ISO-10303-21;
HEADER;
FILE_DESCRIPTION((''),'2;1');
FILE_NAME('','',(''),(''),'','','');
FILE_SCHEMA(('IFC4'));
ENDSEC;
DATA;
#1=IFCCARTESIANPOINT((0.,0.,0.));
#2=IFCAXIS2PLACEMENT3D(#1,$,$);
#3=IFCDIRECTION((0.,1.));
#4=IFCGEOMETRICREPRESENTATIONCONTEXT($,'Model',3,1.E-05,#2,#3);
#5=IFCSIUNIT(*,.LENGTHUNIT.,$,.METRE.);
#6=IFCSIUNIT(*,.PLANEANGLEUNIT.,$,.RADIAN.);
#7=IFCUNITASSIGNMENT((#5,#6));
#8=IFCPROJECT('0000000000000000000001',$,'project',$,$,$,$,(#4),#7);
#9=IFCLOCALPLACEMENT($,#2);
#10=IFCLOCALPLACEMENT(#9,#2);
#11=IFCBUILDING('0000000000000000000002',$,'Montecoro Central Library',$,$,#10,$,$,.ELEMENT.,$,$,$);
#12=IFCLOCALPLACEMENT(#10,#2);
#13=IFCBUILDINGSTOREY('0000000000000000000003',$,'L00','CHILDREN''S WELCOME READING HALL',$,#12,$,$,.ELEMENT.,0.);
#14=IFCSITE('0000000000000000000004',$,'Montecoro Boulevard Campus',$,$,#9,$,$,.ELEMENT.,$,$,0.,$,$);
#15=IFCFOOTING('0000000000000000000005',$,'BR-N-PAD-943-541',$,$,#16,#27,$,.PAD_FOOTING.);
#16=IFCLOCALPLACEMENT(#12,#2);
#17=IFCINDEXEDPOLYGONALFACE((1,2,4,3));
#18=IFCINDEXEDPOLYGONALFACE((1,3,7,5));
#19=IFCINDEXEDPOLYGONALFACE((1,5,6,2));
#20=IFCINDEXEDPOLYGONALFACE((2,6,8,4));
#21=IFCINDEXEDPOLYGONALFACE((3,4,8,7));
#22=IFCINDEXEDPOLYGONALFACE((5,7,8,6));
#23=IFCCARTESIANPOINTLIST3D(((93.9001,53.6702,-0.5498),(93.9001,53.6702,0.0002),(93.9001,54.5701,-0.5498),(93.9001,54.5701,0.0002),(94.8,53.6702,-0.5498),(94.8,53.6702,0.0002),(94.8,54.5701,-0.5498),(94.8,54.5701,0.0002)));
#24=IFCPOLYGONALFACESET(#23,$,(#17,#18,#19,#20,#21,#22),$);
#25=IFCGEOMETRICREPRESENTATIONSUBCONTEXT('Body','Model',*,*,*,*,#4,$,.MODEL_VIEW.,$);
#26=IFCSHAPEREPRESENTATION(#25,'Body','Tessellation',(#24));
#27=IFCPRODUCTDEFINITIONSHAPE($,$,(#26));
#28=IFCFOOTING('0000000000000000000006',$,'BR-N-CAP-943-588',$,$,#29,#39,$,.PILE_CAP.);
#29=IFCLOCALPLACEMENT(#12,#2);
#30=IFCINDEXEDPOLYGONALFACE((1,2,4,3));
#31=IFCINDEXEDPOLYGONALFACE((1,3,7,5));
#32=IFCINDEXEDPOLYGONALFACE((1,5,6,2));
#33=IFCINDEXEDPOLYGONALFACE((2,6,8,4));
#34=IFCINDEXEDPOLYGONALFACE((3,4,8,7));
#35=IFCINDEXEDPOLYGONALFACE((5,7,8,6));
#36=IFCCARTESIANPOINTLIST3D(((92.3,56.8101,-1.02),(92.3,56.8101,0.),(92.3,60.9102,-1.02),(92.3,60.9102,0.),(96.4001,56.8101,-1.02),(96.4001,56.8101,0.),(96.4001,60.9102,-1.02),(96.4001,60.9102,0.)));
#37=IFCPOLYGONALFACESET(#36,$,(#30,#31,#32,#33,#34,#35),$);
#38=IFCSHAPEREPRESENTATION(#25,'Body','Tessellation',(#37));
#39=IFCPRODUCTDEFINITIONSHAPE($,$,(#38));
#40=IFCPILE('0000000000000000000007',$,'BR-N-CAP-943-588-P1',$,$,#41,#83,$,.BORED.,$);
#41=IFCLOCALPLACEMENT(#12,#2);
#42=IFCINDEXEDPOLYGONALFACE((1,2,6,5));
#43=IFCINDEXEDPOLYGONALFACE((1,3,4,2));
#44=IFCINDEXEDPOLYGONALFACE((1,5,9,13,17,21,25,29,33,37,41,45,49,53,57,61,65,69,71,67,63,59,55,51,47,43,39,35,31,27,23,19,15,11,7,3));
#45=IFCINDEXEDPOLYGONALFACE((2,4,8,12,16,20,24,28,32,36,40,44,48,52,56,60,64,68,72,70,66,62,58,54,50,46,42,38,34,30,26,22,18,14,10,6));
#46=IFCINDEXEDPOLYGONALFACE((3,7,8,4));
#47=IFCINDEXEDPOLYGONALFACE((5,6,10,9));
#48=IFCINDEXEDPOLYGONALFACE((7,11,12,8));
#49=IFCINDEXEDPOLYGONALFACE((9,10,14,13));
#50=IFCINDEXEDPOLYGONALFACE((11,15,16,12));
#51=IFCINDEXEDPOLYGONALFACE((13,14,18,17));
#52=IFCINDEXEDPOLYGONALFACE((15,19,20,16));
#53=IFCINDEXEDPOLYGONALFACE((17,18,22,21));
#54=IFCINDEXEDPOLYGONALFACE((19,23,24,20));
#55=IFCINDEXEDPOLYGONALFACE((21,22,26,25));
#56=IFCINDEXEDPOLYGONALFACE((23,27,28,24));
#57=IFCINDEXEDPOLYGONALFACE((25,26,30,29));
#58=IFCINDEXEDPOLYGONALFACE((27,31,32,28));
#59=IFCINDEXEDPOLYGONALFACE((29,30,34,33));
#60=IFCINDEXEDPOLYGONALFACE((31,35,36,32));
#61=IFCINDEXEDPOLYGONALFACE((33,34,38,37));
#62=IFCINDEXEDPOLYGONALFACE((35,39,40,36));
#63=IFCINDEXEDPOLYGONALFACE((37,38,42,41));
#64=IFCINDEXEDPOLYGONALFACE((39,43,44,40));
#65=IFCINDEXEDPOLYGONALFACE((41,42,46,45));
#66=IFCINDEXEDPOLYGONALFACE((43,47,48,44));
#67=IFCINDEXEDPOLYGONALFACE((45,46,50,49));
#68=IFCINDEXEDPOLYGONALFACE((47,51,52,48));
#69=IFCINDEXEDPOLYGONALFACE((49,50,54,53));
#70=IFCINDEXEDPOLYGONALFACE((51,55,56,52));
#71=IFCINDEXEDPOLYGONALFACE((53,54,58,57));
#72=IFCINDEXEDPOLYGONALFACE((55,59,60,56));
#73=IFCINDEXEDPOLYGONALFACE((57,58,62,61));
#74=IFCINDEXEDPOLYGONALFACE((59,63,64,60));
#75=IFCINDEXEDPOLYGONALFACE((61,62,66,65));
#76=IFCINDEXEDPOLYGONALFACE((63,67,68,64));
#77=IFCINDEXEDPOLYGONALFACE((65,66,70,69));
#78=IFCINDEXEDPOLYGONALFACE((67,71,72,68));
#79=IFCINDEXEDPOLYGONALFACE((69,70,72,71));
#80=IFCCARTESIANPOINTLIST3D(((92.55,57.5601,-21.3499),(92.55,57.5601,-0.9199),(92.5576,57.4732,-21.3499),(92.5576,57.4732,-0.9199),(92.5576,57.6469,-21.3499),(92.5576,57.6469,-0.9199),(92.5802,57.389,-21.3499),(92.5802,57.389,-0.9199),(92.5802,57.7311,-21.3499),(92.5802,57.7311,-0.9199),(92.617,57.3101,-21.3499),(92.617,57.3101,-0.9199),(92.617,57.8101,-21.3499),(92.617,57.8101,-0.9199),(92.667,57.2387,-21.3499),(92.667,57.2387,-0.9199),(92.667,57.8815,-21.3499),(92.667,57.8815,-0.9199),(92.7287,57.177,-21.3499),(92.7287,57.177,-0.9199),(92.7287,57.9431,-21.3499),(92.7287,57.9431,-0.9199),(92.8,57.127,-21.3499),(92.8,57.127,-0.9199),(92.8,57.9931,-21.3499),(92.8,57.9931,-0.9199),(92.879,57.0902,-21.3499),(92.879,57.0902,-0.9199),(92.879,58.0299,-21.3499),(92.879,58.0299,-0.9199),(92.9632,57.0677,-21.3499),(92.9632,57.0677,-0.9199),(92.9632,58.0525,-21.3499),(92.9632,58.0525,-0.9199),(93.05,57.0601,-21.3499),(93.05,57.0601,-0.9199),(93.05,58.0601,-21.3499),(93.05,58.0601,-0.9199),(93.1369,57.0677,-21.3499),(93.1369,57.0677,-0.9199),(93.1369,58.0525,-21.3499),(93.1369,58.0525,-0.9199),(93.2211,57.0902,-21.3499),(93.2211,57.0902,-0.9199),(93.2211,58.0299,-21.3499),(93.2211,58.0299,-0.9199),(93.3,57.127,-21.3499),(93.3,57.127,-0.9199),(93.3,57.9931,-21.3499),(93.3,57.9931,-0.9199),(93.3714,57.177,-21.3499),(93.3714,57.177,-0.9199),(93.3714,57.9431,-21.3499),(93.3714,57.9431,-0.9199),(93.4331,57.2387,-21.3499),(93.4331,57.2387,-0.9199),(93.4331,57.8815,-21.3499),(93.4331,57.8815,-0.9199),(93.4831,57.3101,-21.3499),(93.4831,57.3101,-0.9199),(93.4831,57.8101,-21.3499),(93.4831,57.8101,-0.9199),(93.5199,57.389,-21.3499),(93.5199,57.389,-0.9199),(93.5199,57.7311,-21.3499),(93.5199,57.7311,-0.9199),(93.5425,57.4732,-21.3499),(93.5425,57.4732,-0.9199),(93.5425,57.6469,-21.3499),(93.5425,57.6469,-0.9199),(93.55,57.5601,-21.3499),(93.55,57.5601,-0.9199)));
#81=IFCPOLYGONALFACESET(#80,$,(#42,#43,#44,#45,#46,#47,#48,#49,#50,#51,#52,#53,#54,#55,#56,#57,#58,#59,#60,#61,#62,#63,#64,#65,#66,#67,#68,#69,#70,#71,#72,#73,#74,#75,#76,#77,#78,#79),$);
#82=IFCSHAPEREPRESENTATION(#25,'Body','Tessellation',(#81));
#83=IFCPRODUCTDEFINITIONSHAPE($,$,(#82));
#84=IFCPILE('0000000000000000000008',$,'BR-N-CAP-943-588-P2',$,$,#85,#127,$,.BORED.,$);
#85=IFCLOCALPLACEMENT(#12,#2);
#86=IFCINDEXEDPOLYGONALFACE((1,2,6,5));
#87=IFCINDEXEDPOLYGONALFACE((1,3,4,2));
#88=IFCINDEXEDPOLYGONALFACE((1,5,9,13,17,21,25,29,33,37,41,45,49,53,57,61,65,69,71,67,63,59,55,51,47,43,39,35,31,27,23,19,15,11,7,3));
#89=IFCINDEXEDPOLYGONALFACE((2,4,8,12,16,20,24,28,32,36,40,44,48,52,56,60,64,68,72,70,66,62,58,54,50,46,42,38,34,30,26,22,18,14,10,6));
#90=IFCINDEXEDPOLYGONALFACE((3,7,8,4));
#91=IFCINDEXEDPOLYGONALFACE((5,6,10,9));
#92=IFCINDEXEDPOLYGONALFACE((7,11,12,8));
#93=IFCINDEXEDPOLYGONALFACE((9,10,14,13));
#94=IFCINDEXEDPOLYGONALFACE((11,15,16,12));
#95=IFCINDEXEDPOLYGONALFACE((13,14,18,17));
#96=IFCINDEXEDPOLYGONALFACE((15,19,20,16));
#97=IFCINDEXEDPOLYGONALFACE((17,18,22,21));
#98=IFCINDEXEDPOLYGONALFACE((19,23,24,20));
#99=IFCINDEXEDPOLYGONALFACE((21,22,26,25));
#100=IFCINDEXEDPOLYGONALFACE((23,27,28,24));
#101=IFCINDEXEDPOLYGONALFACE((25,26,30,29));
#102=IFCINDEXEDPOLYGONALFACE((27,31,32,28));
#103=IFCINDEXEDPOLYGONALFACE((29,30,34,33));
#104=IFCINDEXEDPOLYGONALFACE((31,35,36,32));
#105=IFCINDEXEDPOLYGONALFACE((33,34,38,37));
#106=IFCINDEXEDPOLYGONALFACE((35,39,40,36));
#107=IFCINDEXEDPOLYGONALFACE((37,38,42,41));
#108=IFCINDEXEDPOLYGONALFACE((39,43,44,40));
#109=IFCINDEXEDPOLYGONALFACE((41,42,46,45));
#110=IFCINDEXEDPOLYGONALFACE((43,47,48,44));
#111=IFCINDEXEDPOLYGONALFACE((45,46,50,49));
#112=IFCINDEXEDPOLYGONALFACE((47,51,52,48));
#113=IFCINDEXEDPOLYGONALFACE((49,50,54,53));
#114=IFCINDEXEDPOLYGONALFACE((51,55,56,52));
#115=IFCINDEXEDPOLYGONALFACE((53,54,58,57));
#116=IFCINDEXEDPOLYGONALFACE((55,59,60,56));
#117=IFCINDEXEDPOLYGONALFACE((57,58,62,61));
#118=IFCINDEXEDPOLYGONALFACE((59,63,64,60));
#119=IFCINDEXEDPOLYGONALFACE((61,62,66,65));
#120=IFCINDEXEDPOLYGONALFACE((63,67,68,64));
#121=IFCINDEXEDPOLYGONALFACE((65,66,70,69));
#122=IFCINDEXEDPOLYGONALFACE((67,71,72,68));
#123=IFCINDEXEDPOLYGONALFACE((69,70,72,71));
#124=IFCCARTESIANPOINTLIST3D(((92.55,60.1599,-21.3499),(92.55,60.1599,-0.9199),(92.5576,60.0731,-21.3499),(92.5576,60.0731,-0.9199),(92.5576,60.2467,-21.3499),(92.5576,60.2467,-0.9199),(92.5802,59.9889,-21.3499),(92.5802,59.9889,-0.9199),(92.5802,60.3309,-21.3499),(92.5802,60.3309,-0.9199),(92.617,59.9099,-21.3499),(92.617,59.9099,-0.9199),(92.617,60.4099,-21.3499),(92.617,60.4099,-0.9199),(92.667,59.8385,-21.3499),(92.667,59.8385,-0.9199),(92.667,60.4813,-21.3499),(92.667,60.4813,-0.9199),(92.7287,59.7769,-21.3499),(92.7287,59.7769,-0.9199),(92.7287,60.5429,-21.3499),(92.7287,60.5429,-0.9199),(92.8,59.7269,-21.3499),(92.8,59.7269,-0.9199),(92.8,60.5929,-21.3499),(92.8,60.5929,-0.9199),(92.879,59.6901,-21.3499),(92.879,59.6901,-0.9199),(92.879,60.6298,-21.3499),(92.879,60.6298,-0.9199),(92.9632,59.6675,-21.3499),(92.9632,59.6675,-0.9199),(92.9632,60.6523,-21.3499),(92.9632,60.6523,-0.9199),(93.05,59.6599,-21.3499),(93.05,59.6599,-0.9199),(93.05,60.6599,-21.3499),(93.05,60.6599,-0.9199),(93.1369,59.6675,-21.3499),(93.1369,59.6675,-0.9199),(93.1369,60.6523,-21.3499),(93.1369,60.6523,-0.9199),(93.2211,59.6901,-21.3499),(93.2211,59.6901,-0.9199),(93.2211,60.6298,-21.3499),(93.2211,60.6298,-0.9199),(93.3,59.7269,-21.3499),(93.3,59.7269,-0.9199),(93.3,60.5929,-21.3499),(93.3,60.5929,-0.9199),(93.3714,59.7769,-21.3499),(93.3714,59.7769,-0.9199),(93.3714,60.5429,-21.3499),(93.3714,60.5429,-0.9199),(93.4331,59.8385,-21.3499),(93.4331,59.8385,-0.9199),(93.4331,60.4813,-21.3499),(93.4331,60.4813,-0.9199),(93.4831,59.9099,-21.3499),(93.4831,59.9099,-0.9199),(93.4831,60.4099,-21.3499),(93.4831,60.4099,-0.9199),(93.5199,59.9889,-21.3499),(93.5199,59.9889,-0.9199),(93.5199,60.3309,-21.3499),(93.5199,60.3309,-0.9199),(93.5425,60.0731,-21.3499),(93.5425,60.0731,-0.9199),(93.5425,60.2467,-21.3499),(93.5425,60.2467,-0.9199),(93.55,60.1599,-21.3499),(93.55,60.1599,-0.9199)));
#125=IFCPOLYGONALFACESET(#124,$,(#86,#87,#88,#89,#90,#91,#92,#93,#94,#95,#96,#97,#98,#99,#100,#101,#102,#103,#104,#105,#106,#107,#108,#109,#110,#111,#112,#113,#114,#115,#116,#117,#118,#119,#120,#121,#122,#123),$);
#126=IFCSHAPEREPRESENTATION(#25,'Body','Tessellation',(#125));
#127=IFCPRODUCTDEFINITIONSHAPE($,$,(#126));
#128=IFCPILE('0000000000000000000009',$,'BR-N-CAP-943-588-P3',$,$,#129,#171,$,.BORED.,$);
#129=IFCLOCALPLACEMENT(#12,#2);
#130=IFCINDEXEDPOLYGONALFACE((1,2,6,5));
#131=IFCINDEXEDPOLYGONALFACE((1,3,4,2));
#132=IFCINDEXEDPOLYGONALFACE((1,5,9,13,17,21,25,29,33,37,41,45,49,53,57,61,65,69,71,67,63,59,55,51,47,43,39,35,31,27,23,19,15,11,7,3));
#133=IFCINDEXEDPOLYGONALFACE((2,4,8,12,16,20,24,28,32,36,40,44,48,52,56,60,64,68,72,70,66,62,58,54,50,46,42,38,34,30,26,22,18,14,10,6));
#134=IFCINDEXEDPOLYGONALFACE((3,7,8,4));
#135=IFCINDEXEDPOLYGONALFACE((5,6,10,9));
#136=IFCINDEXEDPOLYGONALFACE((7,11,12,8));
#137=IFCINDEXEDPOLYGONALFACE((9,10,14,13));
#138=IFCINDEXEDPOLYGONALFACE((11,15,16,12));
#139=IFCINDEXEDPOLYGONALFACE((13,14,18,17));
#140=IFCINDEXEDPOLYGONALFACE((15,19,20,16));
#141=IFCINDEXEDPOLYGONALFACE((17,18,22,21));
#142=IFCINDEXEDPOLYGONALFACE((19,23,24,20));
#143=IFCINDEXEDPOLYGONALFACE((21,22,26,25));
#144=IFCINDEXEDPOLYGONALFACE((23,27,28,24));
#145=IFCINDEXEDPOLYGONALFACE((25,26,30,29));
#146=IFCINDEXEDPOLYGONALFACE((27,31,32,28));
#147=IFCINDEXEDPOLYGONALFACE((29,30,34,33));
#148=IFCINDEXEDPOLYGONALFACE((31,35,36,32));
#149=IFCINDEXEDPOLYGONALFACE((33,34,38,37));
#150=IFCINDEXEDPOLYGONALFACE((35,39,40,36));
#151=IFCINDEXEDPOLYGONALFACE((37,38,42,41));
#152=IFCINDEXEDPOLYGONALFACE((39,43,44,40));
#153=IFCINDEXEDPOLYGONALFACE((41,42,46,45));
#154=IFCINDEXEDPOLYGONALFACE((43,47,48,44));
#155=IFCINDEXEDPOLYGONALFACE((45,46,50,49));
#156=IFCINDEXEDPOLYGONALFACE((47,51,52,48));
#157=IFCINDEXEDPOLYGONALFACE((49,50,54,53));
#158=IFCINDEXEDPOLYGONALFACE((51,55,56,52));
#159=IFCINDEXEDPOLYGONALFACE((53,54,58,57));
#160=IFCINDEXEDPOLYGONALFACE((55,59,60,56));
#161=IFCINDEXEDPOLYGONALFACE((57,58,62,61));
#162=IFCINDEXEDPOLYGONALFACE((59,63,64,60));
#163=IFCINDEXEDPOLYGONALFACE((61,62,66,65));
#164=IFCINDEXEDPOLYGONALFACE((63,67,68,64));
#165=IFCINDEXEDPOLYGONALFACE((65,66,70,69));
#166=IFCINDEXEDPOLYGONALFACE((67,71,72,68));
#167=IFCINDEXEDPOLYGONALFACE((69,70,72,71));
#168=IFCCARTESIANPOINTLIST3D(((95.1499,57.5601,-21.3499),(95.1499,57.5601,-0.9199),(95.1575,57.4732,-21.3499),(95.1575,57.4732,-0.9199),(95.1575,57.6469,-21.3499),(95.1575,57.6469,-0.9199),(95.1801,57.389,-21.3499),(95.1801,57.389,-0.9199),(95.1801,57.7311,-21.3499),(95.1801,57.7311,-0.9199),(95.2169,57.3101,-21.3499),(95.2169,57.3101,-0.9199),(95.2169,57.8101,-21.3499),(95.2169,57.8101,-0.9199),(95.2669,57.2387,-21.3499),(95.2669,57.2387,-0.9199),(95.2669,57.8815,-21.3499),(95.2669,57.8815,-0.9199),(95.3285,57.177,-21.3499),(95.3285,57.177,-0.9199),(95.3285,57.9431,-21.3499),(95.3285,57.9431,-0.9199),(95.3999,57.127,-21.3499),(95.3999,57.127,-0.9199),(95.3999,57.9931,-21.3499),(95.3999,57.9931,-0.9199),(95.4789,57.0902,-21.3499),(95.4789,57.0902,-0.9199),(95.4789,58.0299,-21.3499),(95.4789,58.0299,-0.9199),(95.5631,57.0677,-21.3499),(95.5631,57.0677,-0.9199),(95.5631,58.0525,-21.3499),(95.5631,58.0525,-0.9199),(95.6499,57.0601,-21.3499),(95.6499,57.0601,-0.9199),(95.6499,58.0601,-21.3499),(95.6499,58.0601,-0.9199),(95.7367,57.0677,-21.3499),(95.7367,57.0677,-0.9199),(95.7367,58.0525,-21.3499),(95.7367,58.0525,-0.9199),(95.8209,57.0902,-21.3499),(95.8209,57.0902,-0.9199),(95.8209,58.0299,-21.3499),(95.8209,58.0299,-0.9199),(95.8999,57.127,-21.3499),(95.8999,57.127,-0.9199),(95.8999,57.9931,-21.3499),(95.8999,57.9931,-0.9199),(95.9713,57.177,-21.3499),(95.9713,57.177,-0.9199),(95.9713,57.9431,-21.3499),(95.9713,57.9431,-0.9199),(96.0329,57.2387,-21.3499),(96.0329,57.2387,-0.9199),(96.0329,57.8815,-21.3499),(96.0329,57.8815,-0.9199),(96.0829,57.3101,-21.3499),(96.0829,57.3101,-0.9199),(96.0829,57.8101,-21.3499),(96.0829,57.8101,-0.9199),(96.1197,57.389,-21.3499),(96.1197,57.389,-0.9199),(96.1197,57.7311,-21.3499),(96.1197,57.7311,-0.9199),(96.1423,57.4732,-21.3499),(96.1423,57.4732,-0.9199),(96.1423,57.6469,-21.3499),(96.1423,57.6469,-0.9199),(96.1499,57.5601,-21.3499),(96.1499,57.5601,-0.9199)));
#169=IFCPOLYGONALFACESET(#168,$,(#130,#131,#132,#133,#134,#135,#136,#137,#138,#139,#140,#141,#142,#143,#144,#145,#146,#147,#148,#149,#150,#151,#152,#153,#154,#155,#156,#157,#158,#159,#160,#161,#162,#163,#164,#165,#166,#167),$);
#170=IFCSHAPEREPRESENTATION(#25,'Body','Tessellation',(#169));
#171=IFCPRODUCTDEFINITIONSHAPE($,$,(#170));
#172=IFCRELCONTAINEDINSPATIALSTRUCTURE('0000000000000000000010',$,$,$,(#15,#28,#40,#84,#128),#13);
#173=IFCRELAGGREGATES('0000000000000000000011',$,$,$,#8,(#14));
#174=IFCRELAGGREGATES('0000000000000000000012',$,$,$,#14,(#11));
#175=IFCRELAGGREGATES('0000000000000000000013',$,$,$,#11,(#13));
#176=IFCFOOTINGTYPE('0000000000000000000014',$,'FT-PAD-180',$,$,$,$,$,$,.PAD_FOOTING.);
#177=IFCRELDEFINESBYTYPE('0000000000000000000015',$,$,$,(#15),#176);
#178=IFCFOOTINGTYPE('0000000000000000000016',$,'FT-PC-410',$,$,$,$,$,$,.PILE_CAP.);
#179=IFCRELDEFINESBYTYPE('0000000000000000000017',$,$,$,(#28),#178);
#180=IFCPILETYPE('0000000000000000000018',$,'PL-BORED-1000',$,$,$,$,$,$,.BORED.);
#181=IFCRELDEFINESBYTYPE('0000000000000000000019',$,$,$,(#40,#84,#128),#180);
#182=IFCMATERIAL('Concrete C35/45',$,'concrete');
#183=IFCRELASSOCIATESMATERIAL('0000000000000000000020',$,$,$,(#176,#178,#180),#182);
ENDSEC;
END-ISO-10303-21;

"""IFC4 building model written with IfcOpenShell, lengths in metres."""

from ifc_helpers import new_model, si_unit, direction, frame, origin, origin_2d, place, context, subcontext, project, spatial, rectangle, circle, extrude, material, material_profile, profile_set, type_object, element, save


model = new_model("IFC4")

# Units and contexts
model_context = context("Model", 3, precision=1e-05, world=origin(), true_north=direction((0.0, 1.0)))
body_context = subcontext(model_context, "Body", "Model", "MODEL_VIEW")
ifc_project = project(units=[si_unit("LENGTHUNIT", "METRE"), si_unit("PLANEANGLEUNIT", "RADIAN")], contexts=[model_context])

# Site, building, storey
site_placement = place(None, origin())
site = spatial("IfcSite", under=ifc_project, at=site_placement, Name="Montecoro Boulevard Campus", CompositionType="ELEMENT", RefElevation=0.0)
building_placement = place(site_placement, origin())
building = spatial("IfcBuilding", under=site, at=building_placement, Name="Montecoro Central Library", CompositionType="ELEMENT")
storey_placement = place(building_placement, origin())
storey = spatial("IfcBuildingStorey", under=building, at=storey_placement, Name="L00", Description="CHILDREN'S WELCOME READING HALL", CompositionType="ELEMENT", Elevation=0.0)

# Footings
ifc_material_1 = material(Name="Concrete C35/45", Category="concrete")
footing_type_1 = type_object("IfcFootingType", Name="FT-PAD-180", PredefinedType="PAD_FOOTING", material=ifc_material_1)
footing_1_placement = place(storey_placement, frame((94.3501, 54.1201, -0.5498), z_axis=(0.0, 0.0, 1.0), x_axis=(1.0, 0.0, 0.0)))
element("IfcFooting", 1, at=footing_1_placement, inside=storey, type_object=footing_type_1, Name="BR-N-PAD-943-541", PredefinedType="PAD_FOOTING", context=body_context, shape_type="SweptSolid", body=[
    extrude(rectangle(XDim=0.8999, YDim=0.8999, at=origin_2d()), origin(), (0.0, 0.0, 1.0), 0.55),
])
footing_type_2 = type_object("IfcFootingType", Name="FT-PC-410", PredefinedType="PILE_CAP", material=ifc_material_1)
footing_2_placement = place(storey_placement, frame((94.3501, 58.8601, -1.02), z_axis=(0.0, 0.0, 1.0), x_axis=(1.0, 0.0, 0.0)))
element("IfcFooting", 2, at=footing_2_placement, inside=storey, type_object=footing_type_2, Name="BR-N-CAP-943-588", PredefinedType="PILE_CAP", context=body_context, shape_type="SweptSolid", body=[
    extrude(rectangle(XDim=4.1001, YDim=4.1001, at=origin_2d()), origin(), (0.0, 0.0, 1.0), 1.02),
])

# Piles
ifc_material_profile_1 = material_profile(ifc_material_1, circle(Radius=0.5, at=origin_2d()), Name="PILE D1000")
ifc_profile_set_1 = profile_set([ifc_material_profile_1], Name="Concrete C35/45")
pile_type = type_object("IfcPileType", Name="PL-BORED-1000", PredefinedType="BORED", material=ifc_profile_set_1)
for number, where, z_axis, x_axis, name in (
    (3, (93.05, 57.5601, -0.9199), (0.0, 0.0, -1.0), (1.0, 0.0, 0.0), "BR-N-CAP-943-588-P1"),
    (4, (93.05, 60.1599, -0.9199), (0.0, 0.0, -1.0), (1.0, 0.0, 0.0), "BR-N-CAP-943-588-P2"),
    (5, (95.6499, 57.5601, -0.9199), (0.0, 0.0, -1.0), (1.0, 0.0, 0.0), "BR-N-CAP-943-588-P3"),
):
    element("IfcPile", number, at=place(storey_placement, frame(where, z_axis=z_axis, x_axis=x_axis)), inside=storey, type_object=pile_type, Name=name, PredefinedType="BORED", context=body_context, shape_type="SweptSolid", body=[
        extrude(circle(Radius=0.5, at=origin_2d()), origin(), (0.0, 0.0, 1.0), 20.4299),
    ])

save(model, "model.ifc")
